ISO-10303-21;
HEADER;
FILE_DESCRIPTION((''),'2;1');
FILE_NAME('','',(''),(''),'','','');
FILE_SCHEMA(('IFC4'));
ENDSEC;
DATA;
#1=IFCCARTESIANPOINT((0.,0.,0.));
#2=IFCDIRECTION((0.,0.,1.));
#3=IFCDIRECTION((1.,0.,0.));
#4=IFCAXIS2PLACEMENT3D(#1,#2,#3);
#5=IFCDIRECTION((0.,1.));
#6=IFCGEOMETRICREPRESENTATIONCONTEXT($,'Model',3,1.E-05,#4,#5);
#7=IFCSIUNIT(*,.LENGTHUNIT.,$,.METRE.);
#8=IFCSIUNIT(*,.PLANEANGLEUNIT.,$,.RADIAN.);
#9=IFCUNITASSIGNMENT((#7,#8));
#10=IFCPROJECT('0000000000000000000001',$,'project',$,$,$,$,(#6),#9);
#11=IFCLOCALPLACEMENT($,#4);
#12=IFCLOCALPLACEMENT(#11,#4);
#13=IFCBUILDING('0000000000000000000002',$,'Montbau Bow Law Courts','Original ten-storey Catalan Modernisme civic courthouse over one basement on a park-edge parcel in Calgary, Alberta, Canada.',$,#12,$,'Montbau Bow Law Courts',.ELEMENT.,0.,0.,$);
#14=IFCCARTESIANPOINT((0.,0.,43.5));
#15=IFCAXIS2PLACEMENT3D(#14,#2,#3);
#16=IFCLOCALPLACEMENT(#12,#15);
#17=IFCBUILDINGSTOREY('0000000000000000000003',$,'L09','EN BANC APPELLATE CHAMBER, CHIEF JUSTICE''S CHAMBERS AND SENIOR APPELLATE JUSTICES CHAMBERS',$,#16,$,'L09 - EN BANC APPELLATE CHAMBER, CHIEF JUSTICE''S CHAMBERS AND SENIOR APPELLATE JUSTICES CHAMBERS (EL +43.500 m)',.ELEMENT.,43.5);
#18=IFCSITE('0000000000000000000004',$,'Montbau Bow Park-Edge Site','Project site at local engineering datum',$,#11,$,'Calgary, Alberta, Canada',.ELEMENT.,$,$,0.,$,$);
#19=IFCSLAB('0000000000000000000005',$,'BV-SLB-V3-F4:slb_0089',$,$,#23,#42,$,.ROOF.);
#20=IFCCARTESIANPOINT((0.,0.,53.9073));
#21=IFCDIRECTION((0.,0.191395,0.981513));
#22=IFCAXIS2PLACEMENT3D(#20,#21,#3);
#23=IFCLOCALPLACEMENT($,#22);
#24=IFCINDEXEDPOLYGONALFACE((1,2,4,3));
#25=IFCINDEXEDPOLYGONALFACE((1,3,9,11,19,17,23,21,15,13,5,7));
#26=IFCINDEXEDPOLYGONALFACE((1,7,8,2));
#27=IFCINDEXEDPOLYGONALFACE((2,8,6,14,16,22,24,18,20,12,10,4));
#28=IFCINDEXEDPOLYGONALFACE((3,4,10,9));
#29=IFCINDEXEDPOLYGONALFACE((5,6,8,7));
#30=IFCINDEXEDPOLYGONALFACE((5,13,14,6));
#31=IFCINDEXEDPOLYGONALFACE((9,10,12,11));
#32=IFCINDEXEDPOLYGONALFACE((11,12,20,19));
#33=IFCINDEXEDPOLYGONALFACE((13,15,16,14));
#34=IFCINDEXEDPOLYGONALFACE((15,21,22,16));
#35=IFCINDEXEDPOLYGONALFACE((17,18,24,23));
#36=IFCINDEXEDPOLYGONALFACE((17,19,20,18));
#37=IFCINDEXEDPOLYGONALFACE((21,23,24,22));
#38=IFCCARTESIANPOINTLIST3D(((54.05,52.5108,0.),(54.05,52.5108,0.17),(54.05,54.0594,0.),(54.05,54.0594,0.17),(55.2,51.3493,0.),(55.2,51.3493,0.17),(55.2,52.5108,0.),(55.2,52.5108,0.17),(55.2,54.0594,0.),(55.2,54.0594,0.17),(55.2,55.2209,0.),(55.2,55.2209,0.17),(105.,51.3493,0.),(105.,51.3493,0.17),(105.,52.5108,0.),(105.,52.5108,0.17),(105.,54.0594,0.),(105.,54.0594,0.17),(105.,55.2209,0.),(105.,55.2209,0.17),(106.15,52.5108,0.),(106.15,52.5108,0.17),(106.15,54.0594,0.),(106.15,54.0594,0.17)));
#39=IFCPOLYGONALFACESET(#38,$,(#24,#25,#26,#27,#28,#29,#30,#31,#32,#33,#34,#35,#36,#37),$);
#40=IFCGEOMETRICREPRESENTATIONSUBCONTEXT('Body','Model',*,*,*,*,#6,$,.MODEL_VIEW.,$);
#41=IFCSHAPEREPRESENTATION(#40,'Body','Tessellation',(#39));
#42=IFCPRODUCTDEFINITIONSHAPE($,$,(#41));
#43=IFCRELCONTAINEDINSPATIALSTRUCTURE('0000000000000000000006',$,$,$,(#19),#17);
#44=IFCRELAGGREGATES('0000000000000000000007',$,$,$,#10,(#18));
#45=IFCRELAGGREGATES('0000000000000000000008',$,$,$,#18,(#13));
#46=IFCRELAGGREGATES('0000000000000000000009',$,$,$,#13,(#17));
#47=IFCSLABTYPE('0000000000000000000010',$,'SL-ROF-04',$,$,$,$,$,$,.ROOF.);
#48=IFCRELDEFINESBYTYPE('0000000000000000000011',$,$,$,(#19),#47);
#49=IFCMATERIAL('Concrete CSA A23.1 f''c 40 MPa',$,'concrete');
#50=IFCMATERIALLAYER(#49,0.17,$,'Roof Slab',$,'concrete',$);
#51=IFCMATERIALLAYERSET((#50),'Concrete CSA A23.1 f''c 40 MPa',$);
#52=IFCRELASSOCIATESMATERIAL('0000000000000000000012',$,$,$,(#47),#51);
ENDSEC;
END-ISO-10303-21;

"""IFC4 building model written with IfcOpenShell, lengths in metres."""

from ifc_helpers import new_model, si_unit, direction, frame, origin_with_axes, place, context, subcontext, project, spatial, polyline, outline, extrude, material, layer, layer_set, type_object, element, save


model = new_model("IFC4")

# Units and contexts
model_context = context("Model", 3, precision=1e-05, world=origin_with_axes(), true_north=direction((0.0, 1.0)))
body_context = subcontext(model_context, "Body", "Model", "MODEL_VIEW")
ifc_project = project(units=[si_unit("LENGTHUNIT", "METRE"), si_unit("PLANEANGLEUNIT", "RADIAN")], contexts=[model_context])

# Site, building, storey
site_placement = place(None, origin_with_axes())
site = spatial("IfcSite", under=ifc_project, at=site_placement, Name="Montbau Bow Park-Edge Site", Description="Project site at local engineering datum", LongName="Calgary, Alberta, Canada", CompositionType="ELEMENT", RefElevation=0.0)
building_placement = place(site_placement, origin_with_axes())
building = spatial("IfcBuilding", under=site, at=building_placement, Name="Montbau Bow Law Courts", Description="Original ten-storey Catalan Modernisme civic courthouse over one basement on a park-edge parcel in Calgary, Alberta, Canada.", LongName="Montbau Bow Law Courts", CompositionType="ELEMENT", ElevationOfRefHeight=0.0, ElevationOfTerrain=0.0)
storey_placement = place(building_placement, frame((0.0, 0.0, 43.5), z_axis=(0.0, 0.0, 1.0), x_axis=(1.0, 0.0, 0.0)))
storey = spatial("IfcBuildingStorey", under=building, at=storey_placement, Name="L09", Description="EN BANC APPELLATE CHAMBER, CHIEF JUSTICE'S CHAMBERS AND SENIOR APPELLATE JUSTICES CHAMBERS", LongName="L09 - EN BANC APPELLATE CHAMBER, CHIEF JUSTICE'S CHAMBERS AND SENIOR APPELLATE JUSTICES CHAMBERS (EL +43.500 m)", CompositionType="ELEMENT", Elevation=43.5)

# Shared definitions
ifc_material_1 = material(Name="Concrete CSA A23.1 f'c 40 MPa", Category="concrete")

# Slab
ifc_layer_1 = layer(ifc_material_1, 0.17, Name="Roof Slab", Category="concrete")
ifc_layer_set_1 = layer_set([ifc_layer_1], Name="Concrete CSA A23.1 f'c 40 MPa")
slab_type_1 = type_object("IfcSlabType", Name="SL-ROF-04", PredefinedType="ROOF", material=ifc_layer_set_1)
slab_1_placement = place(None, frame((0.0, 0.0, 53.9073), z_axis=(0.0, 0.191395, 0.981513), x_axis=(1.0, 0.0, 0.0)))
element("IfcSlab", 1, at=slab_1_placement, inside=storey, type_object=slab_type_1, Name="BV-SLB-V3-F4:slb_0089", PredefinedType="ROOF", context=body_context, shape_type="SweptSolid", body=[
    extrude(outline(polyline([(55.2, 51.3493), (105.0, 51.3493), (105.0, 52.5108), (106.15, 52.5108), (106.15, 54.0594), (105.0, 54.0594), (105.0, 55.2209), (55.2, 55.2209), (55.2, 54.0594), (54.05, 54.0594), (54.05, 52.5108), (55.2, 52.5108), (55.2, 51.3493)])), origin_with_axes(), (0.0, 0.0, 1.0), 0.17),
])

save(model, "model.ifc")
